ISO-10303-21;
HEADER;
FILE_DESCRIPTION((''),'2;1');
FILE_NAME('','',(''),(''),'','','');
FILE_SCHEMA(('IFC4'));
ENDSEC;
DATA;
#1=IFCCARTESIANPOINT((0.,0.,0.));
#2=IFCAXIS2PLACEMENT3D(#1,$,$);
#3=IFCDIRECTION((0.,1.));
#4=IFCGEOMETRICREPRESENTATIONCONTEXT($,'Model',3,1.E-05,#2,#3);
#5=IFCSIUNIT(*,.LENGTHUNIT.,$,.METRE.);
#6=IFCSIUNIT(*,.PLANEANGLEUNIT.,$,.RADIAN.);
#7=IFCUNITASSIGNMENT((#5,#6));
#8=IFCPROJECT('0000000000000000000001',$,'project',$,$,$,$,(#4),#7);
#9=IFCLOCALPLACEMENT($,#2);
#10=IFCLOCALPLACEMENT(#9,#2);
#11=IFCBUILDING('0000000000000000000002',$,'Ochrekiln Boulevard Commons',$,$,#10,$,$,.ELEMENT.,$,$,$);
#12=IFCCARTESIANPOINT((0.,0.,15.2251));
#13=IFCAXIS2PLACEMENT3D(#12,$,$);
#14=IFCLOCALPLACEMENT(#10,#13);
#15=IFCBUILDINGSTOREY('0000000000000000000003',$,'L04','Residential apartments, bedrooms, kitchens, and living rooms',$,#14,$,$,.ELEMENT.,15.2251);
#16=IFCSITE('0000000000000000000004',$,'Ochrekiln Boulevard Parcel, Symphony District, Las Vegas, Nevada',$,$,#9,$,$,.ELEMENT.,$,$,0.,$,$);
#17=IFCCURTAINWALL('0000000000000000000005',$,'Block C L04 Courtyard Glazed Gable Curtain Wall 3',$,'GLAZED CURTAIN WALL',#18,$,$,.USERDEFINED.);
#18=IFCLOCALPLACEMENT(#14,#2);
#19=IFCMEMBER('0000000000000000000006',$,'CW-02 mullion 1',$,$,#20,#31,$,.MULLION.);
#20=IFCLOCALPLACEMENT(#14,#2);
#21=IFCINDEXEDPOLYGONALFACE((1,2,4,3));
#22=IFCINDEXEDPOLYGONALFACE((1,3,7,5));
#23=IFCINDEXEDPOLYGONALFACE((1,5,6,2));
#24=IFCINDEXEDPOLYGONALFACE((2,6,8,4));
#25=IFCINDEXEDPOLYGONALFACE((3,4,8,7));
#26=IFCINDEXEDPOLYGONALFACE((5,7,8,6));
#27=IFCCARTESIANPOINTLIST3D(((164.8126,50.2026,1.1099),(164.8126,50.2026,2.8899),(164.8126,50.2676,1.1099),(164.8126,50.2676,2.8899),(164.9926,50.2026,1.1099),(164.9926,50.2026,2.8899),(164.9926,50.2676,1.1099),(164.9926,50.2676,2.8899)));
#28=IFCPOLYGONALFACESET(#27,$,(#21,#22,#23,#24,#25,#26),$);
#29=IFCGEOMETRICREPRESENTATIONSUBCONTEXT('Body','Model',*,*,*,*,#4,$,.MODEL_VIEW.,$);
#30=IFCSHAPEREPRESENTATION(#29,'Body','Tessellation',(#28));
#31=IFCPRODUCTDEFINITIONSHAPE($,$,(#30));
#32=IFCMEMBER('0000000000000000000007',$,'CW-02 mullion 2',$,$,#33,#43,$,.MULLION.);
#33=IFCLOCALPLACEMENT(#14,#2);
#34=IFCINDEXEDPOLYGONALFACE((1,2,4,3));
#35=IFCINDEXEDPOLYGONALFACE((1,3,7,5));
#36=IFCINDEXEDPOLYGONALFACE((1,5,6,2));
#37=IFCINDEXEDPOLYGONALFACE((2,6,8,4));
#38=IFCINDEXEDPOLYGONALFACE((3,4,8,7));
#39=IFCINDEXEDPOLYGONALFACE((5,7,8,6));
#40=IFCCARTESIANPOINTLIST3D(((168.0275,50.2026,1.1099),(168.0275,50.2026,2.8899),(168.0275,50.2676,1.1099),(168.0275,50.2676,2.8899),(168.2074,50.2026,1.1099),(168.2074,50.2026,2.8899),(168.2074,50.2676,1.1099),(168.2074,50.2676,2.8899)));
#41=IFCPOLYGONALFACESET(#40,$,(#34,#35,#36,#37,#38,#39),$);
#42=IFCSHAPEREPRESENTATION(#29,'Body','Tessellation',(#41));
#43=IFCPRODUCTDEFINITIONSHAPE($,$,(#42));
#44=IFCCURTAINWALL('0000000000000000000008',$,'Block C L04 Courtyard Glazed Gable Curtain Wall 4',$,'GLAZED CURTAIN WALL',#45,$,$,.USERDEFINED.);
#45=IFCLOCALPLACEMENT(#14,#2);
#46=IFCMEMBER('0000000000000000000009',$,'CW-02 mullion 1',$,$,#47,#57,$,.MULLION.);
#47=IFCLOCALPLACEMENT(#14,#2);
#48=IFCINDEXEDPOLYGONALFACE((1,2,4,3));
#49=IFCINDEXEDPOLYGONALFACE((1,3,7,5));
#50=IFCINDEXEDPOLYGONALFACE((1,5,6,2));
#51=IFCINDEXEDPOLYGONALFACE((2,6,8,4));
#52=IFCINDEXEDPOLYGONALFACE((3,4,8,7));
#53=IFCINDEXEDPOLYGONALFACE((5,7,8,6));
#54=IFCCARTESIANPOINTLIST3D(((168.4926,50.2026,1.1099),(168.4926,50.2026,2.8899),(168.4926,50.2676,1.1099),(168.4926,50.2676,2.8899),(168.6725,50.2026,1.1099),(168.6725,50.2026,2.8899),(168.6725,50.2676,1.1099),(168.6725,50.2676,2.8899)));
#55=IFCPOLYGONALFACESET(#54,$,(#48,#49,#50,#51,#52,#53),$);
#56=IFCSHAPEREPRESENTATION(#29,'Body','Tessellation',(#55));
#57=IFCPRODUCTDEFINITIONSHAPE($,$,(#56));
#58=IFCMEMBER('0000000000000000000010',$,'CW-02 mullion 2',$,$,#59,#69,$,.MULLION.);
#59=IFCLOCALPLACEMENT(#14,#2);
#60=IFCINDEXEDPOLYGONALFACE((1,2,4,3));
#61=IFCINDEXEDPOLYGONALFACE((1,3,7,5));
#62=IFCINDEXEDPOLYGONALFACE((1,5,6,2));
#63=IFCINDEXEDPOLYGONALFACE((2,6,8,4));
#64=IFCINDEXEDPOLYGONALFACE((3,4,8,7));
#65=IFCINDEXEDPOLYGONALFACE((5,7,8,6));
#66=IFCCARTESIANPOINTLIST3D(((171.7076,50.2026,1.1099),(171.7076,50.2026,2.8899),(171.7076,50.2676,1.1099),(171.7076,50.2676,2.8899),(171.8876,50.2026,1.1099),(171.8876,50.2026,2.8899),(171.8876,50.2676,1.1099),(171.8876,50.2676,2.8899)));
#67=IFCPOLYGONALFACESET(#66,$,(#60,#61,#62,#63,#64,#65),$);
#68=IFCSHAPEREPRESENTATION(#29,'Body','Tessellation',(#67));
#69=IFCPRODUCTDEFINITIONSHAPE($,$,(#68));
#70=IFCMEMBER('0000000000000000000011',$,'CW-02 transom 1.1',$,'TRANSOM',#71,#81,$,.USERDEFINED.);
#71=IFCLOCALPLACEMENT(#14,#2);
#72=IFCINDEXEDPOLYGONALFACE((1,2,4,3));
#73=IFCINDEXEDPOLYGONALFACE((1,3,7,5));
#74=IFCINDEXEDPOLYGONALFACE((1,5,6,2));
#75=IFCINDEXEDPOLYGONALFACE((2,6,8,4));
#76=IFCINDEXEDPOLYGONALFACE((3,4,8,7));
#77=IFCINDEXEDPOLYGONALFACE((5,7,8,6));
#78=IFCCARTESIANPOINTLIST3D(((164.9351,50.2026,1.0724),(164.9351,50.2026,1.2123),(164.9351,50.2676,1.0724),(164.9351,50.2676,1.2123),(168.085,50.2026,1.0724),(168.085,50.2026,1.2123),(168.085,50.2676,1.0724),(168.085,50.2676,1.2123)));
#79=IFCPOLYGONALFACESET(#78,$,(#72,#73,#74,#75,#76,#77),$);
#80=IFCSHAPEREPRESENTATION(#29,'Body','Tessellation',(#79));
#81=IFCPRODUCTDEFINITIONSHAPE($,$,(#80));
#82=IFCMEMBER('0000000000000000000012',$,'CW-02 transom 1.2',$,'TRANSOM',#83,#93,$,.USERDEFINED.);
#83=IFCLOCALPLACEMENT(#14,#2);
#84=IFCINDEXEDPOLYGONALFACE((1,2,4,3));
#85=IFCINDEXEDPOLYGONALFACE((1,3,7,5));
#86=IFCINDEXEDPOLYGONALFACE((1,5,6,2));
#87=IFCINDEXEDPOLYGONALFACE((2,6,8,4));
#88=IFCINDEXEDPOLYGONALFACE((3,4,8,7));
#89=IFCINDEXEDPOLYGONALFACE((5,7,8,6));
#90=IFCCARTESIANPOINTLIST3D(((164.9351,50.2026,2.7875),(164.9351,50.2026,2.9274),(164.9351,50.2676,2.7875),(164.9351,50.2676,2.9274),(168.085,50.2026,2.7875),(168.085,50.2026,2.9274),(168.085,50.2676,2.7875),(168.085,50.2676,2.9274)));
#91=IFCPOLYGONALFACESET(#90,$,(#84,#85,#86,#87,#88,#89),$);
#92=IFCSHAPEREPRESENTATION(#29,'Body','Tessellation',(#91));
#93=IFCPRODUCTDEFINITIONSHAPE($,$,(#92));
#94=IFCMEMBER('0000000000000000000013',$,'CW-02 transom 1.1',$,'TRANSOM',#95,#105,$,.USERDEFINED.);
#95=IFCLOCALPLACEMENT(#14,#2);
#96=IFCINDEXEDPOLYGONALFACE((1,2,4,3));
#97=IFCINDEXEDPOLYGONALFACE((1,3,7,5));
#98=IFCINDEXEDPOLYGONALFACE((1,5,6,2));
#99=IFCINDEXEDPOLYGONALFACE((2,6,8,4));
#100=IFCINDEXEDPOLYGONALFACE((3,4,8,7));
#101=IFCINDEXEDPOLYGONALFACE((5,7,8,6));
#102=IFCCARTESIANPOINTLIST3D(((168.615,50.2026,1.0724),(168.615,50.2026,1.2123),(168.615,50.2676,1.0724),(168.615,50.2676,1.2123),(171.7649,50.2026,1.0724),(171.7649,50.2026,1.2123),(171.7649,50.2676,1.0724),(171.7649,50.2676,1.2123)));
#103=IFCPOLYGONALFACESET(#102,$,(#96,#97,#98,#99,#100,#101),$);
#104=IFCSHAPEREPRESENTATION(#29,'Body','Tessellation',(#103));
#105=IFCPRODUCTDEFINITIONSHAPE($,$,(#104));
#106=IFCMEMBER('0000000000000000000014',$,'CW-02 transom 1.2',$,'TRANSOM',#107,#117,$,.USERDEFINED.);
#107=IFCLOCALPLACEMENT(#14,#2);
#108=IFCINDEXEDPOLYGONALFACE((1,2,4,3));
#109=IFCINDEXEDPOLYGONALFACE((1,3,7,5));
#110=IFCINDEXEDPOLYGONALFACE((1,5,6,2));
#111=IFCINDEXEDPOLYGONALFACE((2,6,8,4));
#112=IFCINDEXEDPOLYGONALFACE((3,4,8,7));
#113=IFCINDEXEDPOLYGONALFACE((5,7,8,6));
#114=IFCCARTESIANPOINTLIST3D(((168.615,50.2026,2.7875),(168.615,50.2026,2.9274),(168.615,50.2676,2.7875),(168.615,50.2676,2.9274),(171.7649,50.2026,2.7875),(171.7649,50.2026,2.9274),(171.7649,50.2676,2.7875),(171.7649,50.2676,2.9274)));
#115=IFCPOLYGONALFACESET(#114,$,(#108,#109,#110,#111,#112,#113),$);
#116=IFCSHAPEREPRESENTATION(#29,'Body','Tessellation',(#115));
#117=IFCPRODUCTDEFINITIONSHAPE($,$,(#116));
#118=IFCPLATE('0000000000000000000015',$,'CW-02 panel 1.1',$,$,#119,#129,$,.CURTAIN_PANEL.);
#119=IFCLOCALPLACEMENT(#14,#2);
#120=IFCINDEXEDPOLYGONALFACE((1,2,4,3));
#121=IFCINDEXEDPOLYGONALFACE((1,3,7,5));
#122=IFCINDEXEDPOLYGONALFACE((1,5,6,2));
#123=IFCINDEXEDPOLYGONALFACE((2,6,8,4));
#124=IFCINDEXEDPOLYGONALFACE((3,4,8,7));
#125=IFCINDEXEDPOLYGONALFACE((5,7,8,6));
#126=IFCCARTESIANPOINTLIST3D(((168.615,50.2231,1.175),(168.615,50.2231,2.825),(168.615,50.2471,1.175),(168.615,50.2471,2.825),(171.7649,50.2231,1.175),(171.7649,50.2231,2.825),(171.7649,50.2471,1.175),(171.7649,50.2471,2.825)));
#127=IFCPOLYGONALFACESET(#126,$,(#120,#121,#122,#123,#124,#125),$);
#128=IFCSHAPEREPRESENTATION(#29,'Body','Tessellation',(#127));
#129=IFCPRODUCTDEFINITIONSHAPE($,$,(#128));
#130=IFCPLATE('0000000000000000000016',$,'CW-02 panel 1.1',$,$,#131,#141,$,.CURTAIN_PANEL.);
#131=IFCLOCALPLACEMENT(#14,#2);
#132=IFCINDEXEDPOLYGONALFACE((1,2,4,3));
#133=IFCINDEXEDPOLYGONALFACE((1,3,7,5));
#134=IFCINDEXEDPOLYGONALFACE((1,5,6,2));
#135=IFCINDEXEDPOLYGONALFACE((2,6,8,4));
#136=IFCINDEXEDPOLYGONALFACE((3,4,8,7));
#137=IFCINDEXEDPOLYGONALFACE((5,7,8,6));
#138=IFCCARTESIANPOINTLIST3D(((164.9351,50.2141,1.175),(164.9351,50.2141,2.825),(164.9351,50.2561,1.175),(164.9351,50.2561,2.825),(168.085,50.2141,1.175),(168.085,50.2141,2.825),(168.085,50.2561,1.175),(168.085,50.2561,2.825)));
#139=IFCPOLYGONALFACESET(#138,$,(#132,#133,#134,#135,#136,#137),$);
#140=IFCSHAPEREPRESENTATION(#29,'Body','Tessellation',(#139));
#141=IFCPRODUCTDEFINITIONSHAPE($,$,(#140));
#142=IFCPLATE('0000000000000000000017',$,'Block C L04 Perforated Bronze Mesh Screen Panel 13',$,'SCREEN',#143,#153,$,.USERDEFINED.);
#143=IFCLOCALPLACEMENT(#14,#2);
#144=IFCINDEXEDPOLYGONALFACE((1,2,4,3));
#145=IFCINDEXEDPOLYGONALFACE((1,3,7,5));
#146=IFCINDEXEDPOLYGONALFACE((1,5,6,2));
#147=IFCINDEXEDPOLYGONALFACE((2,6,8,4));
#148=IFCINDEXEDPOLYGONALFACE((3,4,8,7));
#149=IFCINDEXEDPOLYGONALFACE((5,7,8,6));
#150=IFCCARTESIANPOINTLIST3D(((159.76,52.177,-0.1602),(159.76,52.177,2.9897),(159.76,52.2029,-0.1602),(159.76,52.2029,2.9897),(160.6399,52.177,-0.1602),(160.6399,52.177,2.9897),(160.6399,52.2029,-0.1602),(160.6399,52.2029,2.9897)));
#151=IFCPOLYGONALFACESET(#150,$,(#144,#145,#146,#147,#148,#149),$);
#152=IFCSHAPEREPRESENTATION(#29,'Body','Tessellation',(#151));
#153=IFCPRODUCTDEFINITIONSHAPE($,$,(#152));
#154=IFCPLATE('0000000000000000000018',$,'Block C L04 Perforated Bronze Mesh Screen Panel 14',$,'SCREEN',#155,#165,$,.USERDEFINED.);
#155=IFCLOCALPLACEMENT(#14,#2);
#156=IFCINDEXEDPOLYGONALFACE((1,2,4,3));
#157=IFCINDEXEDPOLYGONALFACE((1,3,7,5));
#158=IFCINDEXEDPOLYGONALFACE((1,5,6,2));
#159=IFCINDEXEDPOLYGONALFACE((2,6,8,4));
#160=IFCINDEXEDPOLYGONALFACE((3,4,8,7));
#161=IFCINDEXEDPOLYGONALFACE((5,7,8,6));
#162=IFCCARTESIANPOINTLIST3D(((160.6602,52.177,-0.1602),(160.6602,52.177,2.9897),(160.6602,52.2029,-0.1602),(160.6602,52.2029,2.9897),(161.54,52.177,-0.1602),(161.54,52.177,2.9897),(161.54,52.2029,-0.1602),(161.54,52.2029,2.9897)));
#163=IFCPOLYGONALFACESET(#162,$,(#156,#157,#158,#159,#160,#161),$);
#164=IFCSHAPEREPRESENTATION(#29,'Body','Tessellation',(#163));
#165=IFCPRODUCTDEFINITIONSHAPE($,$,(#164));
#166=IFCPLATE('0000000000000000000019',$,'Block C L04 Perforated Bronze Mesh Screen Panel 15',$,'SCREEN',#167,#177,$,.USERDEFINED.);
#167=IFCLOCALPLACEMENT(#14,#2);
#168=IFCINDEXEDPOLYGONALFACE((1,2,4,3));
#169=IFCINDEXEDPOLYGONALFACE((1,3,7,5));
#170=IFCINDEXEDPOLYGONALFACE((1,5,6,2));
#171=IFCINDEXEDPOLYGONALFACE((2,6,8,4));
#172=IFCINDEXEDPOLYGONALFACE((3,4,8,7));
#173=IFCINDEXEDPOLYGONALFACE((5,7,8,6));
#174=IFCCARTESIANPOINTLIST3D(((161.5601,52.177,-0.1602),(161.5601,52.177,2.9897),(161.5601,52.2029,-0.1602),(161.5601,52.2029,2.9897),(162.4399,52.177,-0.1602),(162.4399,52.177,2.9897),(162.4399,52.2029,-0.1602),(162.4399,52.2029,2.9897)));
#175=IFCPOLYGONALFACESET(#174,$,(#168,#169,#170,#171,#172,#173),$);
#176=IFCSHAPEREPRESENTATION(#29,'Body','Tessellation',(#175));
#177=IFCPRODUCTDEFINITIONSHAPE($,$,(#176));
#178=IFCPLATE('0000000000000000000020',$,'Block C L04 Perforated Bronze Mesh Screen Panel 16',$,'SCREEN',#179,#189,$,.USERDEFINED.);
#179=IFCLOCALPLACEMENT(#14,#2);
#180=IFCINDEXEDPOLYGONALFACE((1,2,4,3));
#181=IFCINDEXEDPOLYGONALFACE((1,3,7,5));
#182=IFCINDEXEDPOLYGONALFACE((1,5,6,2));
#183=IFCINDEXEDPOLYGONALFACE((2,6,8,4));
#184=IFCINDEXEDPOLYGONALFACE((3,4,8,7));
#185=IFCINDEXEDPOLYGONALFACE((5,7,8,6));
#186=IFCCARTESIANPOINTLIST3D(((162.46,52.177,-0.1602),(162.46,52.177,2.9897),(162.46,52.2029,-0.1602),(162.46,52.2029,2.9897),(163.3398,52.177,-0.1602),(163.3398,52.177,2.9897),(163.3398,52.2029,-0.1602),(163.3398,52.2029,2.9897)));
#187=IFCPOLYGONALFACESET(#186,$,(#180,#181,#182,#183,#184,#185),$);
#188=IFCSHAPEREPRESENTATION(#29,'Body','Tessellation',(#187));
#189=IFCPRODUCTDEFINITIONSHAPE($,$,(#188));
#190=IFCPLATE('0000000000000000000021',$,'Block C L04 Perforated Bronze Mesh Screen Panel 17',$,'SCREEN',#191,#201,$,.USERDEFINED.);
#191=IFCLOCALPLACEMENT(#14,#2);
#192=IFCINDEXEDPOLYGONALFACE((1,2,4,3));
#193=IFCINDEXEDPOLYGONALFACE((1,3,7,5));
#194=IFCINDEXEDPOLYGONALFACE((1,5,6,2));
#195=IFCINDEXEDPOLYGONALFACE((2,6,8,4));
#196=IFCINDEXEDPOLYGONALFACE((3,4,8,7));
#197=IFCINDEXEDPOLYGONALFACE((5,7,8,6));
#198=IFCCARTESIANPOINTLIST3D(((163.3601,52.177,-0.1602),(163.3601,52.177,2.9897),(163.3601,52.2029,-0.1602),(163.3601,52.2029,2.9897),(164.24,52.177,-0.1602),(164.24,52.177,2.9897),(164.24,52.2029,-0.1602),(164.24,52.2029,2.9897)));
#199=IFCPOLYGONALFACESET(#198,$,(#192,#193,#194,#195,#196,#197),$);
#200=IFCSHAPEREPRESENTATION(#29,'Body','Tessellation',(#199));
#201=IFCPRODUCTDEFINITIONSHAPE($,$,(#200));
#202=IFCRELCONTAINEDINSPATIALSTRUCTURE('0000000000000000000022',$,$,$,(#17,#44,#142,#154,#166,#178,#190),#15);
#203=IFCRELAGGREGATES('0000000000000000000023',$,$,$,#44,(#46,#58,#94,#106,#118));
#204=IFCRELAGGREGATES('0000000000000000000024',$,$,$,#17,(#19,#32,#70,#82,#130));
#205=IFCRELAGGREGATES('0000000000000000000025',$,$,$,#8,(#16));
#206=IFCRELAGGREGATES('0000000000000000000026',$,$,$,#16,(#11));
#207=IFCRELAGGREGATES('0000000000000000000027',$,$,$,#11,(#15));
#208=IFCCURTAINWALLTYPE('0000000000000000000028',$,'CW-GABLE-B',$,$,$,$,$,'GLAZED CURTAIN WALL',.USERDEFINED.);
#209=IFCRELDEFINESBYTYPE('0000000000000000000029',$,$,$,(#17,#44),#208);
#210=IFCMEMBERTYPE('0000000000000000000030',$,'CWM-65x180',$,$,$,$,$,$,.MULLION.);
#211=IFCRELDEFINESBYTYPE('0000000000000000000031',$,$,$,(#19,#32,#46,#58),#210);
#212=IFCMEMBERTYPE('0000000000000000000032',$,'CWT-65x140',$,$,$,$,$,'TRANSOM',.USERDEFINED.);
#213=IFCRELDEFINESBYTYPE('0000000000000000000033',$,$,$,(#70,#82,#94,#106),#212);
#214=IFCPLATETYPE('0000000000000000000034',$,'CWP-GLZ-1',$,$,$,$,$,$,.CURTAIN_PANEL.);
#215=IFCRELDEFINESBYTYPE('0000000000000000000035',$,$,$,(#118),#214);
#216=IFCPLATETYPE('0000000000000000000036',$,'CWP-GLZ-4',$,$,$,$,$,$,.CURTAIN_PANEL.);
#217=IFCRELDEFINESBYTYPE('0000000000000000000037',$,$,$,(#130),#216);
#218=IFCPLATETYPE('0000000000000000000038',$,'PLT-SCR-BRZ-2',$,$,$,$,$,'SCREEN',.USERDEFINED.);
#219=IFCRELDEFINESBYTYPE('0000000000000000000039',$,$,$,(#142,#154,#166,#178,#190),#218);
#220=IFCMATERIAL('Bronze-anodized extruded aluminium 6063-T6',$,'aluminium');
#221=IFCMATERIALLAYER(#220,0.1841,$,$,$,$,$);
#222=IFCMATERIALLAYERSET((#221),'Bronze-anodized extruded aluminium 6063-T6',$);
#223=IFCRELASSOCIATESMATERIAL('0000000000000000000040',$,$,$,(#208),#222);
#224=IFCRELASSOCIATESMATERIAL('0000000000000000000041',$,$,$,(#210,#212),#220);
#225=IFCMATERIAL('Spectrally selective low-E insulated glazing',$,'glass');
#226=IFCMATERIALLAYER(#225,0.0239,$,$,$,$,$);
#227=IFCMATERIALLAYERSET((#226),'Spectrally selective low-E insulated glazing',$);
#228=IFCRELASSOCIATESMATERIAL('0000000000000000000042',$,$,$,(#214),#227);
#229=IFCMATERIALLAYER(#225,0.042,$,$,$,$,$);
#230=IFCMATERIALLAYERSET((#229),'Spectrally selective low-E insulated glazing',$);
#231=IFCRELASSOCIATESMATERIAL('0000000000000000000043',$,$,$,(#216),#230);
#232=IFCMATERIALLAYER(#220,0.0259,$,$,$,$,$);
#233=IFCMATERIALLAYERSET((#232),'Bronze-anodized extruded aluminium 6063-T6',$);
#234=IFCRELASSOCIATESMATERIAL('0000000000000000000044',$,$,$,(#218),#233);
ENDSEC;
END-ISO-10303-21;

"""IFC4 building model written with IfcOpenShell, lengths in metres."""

from ifc_helpers import new_model, si_unit, direction, frame, origin, origin_2d, place, context, subcontext, project, spatial, rectangle, extrude, material, layer, layer_set, material_profile, profile_set, type_object, element, aggregate, save


model = new_model("IFC4")

# Units and contexts
model_context = context("Model", 3, precision=1e-05, world=origin(), true_north=direction((0.0, 1.0)))
body_context = subcontext(model_context, "Body", "Model", "MODEL_VIEW")
ifc_project = project(units=[si_unit("LENGTHUNIT", "METRE"), si_unit("PLANEANGLEUNIT", "RADIAN")], contexts=[model_context])

# Site, building, storey
site_placement = place(None, origin())
site = spatial("IfcSite", under=ifc_project, at=site_placement, Name="Ochrekiln Boulevard Parcel, Symphony District, Las Vegas, Nevada", CompositionType="ELEMENT", RefElevation=0.0)
building_placement = place(site_placement, origin())
building = spatial("IfcBuilding", under=site, at=building_placement, Name="Ochrekiln Boulevard Commons", CompositionType="ELEMENT")
storey_placement = place(building_placement, frame((0.0, 0.0, 15.2251)))
storey = spatial("IfcBuildingStorey", under=building, at=storey_placement, Name="L04", Description="Residential apartments, bedrooms, kitchens, and living rooms", CompositionType="ELEMENT", Elevation=15.2251)

# Curtain walls, members
ifc_material_1 = material(Name="Bronze-anodized extruded aluminium 6063-T6", Category="aluminium")
ifc_layer_1 = layer(ifc_material_1, 0.1841)
ifc_layer_set_1 = layer_set([ifc_layer_1], Name="Bronze-anodized extruded aluminium 6063-T6")
curtain_wall_type = type_object("IfcCurtainWallType", Name="CW-GABLE-B", ElementType="GLAZED CURTAIN WALL", PredefinedType="USERDEFINED", material=ifc_layer_set_1)
curtain_wall_1_placement = place(storey_placement, origin())
curtain_wall_1 = element("IfcCurtainWall", 1, at=curtain_wall_1_placement, inside=storey, type_object=curtain_wall_type, Name="Block C L04 Courtyard Glazed Gable Curtain Wall 3", ObjectType="GLAZED CURTAIN WALL", PredefinedType="USERDEFINED")
ifc_material_profile_1 = material_profile(ifc_material_1, rectangle(XDim=0.0649, YDim=0.1799, at=origin_2d()), Name="ALU-MUL-65x180")
ifc_profile_set_1 = profile_set([ifc_material_profile_1], Name="Bronze-anodized extruded aluminium 6063-T6")
member_type_1 = type_object("IfcMemberType", Name="CWM-65x180", PredefinedType="MULLION", material=ifc_profile_set_1)
member_1_placement = place(storey_placement, frame((164.9026, 50.2351, 1.1099), z_axis=(0.0, 0.0, 1.0), x_axis=(0.0, 1.0, 0.0)))
member_1 = element("IfcMember", 2, at=member_1_placement, type_object=member_type_1, Name="CW-02 mullion 1", PredefinedType="MULLION", context=body_context, shape_type="SweptSolid", body=[
    extrude(rectangle(XDim=0.0649, YDim=0.1799, at=origin_2d()), origin(), (0.0, 0.0, 1.0), 1.78),
])
member_2_placement = place(storey_placement, frame((168.1174, 50.2351, 1.1099), z_axis=(0.0, 0.0, 1.0), x_axis=(0.0, 1.0, 0.0)))
member_2 = element("IfcMember", 3, at=member_2_placement, type_object=member_type_1, Name="CW-02 mullion 2", PredefinedType="MULLION", context=body_context, shape_type="SweptSolid", body=[
    extrude(rectangle(XDim=0.0649, YDim=0.1799, at=origin_2d()), origin(), (0.0, 0.0, 1.0), 1.78),
])
curtain_wall_2_placement = place(storey_placement, origin())
curtain_wall_2 = element("IfcCurtainWall", 4, at=curtain_wall_2_placement, inside=storey, type_object=curtain_wall_type, Name="Block C L04 Courtyard Glazed Gable Curtain Wall 4", ObjectType="GLAZED CURTAIN WALL", PredefinedType="USERDEFINED")
member_3_placement = place(storey_placement, frame((168.5825, 50.2351, 1.1099), z_axis=(0.0, 0.0, 1.0), x_axis=(0.0, 1.0, 0.0)))
member_3 = element("IfcMember", 5, at=member_3_placement, type_object=member_type_1, Name="CW-02 mullion 1", PredefinedType="MULLION", context=body_context, shape_type="SweptSolid", body=[
    extrude(rectangle(XDim=0.0649, YDim=0.1799, at=origin_2d()), origin(), (0.0, 0.0, 1.0), 1.78),
])
member_4_placement = place(storey_placement, frame((171.7976, 50.2351, 1.1099), z_axis=(0.0, 0.0, 1.0), x_axis=(0.0, 1.0, 0.0)))
member_4 = element("IfcMember", 6, at=member_4_placement, type_object=member_type_1, Name="CW-02 mullion 2", PredefinedType="MULLION", context=body_context, shape_type="SweptSolid", body=[
    extrude(rectangle(XDim=0.0649, YDim=0.1799, at=origin_2d()), origin(), (0.0, 0.0, 1.0), 1.78),
])

# Members
ifc_material_profile_2 = material_profile(ifc_material_1, rectangle(XDim=0.0649, YDim=0.1399, at=origin_2d()), Name="ALU-TRN-65x140")
ifc_profile_set_2 = profile_set([ifc_material_profile_2], Name="Bronze-anodized extruded aluminium 6063-T6")
member_type_2 = type_object("IfcMemberType", Name="CWT-65x140", ElementType="TRANSOM", PredefinedType="USERDEFINED", material=ifc_profile_set_2)
member_5_placement = place(storey_placement, frame((164.9351, 50.2351, 1.1423), z_axis=(1.0, 0.0, 0.0), x_axis=(0.0, 1.0, 0.0)))
member_5 = element("IfcMember", 7, at=member_5_placement, type_object=member_type_2, Name="CW-02 transom 1.1", ObjectType="TRANSOM", PredefinedType="USERDEFINED", context=body_context, shape_type="SweptSolid", body=[
    extrude(rectangle(XDim=0.0649, YDim=0.1399, at=origin_2d()), origin(), (0.0, 0.0, 1.0), 3.1499),
])
member_6_placement = place(storey_placement, frame((164.9351, 50.2351, 2.8574), z_axis=(1.0, 0.0, 0.0), x_axis=(0.0, 1.0, 0.0)))
member_6 = element("IfcMember", 8, at=member_6_placement, type_object=member_type_2, Name="CW-02 transom 1.2", ObjectType="TRANSOM", PredefinedType="USERDEFINED", context=body_context, shape_type="SweptSolid", body=[
    extrude(rectangle(XDim=0.0649, YDim=0.1399, at=origin_2d()), origin(), (0.0, 0.0, 1.0), 3.1499),
])
member_7_placement = place(storey_placement, frame((168.615, 50.2351, 1.1423), z_axis=(1.0, 0.0, 0.0), x_axis=(0.0, 1.0, 0.0)))
member_7 = element("IfcMember", 9, at=member_7_placement, type_object=member_type_2, Name="CW-02 transom 1.1", ObjectType="TRANSOM", PredefinedType="USERDEFINED", context=body_context, shape_type="SweptSolid", body=[
    extrude(rectangle(XDim=0.0649, YDim=0.1399, at=origin_2d()), origin(), (0.0, 0.0, 1.0), 3.1499),
])
member_8_placement = place(storey_placement, frame((168.615, 50.2351, 2.8574), z_axis=(1.0, 0.0, 0.0), x_axis=(0.0, 1.0, 0.0)))
member_8 = element("IfcMember", 10, at=member_8_placement, type_object=member_type_2, Name="CW-02 transom 1.2", ObjectType="TRANSOM", PredefinedType="USERDEFINED", context=body_context, shape_type="SweptSolid", body=[
    extrude(rectangle(XDim=0.0649, YDim=0.1399, at=origin_2d()), origin(), (0.0, 0.0, 1.0), 3.1499),
])

# Plates
ifc_material_2 = material(Name="Spectrally selective low-E insulated glazing", Category="glass")
ifc_layer_2 = layer(ifc_material_2, 0.0239)
ifc_layer_set_2 = layer_set([ifc_layer_2], Name="Spectrally selective low-E insulated glazing")
plate_type_1 = type_object("IfcPlateType", Name="CWP-GLZ-1", PredefinedType="CURTAIN_PANEL", material=ifc_layer_set_2)
plate_1_placement = place(storey_placement, frame((170.1899, 50.2351, 1.175), z_axis=(0.0, 0.0, 1.0), x_axis=(1.0, 0.0, 0.0)))
plate_1 = element("IfcPlate", 11, at=plate_1_placement, type_object=plate_type_1, Name="CW-02 panel 1.1", PredefinedType="CURTAIN_PANEL", context=body_context, shape_type="SweptSolid", body=[
    extrude(rectangle(XDim=3.1499, YDim=0.0239, at=origin_2d()), origin(), (0.0, 0.0, 1.0), 1.6499),
])
aggregate(curtain_wall_2, [member_3, member_4, member_7, member_8, plate_1])
ifc_layer_3 = layer(ifc_material_2, 0.042)
ifc_layer_set_3 = layer_set([ifc_layer_3], Name="Spectrally selective low-E insulated glazing")
plate_type_2 = type_object("IfcPlateType", Name="CWP-GLZ-4", PredefinedType="CURTAIN_PANEL", material=ifc_layer_set_3)
plate_2_placement = place(storey_placement, frame((166.51, 50.2351, 1.175), z_axis=(0.0, 0.0, 1.0), x_axis=(1.0, 0.0, 0.0)))
plate_2 = element("IfcPlate", 12, at=plate_2_placement, type_object=plate_type_2, Name="CW-02 panel 1.1", PredefinedType="CURTAIN_PANEL", context=body_context, shape_type="SweptSolid", body=[
    extrude(rectangle(XDim=3.1499, YDim=0.042, at=origin_2d()), origin(), (0.0, 0.0, 1.0), 1.6499),
])
aggregate(curtain_wall_1, [member_1, member_2, member_5, member_6, plate_2])

# Plates
ifc_layer_4 = layer(ifc_material_1, 0.0259)
ifc_layer_set_4 = layer_set([ifc_layer_4], Name="Bronze-anodized extruded aluminium 6063-T6")
plate_type_3 = type_object("IfcPlateType", Name="PLT-SCR-BRZ-2", ElementType="SCREEN", PredefinedType="USERDEFINED", material=ifc_layer_set_4)
for number, where, z_axis, x_axis, name in (
    (13, (160.2, 52.1899, -0.1602), (0.0, 0.0, 1.0), (1.0, 0.0, 0.0), "Block C L04 Perforated Bronze Mesh Screen Panel 13"),
    (14, (161.1001, 52.1899, -0.1602), (0.0, 0.0, 1.0), (1.0, 0.0, 0.0), "Block C L04 Perforated Bronze Mesh Screen Panel 14"),
    (15, (162.0, 52.1899, -0.1602), (0.0, 0.0, 1.0), (1.0, 0.0, 0.0), "Block C L04 Perforated Bronze Mesh Screen Panel 15"),
    (16, (162.8999, 52.1899, -0.1602), (0.0, 0.0, 1.0), (1.0, 0.0, 0.0), "Block C L04 Perforated Bronze Mesh Screen Panel 16"),
    (17, (163.8, 52.1899, -0.1602), (0.0, 0.0, 1.0), (1.0, 0.0, 0.0), "Block C L04 Perforated Bronze Mesh Screen Panel 17"),
):
    element("IfcPlate", number, at=place(storey_placement, frame(where, z_axis=z_axis, x_axis=x_axis)), inside=storey, type_object=plate_type_3, Name=name, ObjectType="SCREEN", PredefinedType="USERDEFINED", context=body_context, shape_type="SweptSolid", body=[
        extrude(rectangle(XDim=0.8799, YDim=0.0259, at=origin_2d()), origin(), (0.0, 0.0, 1.0), 3.1499),
    ])

save(model, "model.ifc")
